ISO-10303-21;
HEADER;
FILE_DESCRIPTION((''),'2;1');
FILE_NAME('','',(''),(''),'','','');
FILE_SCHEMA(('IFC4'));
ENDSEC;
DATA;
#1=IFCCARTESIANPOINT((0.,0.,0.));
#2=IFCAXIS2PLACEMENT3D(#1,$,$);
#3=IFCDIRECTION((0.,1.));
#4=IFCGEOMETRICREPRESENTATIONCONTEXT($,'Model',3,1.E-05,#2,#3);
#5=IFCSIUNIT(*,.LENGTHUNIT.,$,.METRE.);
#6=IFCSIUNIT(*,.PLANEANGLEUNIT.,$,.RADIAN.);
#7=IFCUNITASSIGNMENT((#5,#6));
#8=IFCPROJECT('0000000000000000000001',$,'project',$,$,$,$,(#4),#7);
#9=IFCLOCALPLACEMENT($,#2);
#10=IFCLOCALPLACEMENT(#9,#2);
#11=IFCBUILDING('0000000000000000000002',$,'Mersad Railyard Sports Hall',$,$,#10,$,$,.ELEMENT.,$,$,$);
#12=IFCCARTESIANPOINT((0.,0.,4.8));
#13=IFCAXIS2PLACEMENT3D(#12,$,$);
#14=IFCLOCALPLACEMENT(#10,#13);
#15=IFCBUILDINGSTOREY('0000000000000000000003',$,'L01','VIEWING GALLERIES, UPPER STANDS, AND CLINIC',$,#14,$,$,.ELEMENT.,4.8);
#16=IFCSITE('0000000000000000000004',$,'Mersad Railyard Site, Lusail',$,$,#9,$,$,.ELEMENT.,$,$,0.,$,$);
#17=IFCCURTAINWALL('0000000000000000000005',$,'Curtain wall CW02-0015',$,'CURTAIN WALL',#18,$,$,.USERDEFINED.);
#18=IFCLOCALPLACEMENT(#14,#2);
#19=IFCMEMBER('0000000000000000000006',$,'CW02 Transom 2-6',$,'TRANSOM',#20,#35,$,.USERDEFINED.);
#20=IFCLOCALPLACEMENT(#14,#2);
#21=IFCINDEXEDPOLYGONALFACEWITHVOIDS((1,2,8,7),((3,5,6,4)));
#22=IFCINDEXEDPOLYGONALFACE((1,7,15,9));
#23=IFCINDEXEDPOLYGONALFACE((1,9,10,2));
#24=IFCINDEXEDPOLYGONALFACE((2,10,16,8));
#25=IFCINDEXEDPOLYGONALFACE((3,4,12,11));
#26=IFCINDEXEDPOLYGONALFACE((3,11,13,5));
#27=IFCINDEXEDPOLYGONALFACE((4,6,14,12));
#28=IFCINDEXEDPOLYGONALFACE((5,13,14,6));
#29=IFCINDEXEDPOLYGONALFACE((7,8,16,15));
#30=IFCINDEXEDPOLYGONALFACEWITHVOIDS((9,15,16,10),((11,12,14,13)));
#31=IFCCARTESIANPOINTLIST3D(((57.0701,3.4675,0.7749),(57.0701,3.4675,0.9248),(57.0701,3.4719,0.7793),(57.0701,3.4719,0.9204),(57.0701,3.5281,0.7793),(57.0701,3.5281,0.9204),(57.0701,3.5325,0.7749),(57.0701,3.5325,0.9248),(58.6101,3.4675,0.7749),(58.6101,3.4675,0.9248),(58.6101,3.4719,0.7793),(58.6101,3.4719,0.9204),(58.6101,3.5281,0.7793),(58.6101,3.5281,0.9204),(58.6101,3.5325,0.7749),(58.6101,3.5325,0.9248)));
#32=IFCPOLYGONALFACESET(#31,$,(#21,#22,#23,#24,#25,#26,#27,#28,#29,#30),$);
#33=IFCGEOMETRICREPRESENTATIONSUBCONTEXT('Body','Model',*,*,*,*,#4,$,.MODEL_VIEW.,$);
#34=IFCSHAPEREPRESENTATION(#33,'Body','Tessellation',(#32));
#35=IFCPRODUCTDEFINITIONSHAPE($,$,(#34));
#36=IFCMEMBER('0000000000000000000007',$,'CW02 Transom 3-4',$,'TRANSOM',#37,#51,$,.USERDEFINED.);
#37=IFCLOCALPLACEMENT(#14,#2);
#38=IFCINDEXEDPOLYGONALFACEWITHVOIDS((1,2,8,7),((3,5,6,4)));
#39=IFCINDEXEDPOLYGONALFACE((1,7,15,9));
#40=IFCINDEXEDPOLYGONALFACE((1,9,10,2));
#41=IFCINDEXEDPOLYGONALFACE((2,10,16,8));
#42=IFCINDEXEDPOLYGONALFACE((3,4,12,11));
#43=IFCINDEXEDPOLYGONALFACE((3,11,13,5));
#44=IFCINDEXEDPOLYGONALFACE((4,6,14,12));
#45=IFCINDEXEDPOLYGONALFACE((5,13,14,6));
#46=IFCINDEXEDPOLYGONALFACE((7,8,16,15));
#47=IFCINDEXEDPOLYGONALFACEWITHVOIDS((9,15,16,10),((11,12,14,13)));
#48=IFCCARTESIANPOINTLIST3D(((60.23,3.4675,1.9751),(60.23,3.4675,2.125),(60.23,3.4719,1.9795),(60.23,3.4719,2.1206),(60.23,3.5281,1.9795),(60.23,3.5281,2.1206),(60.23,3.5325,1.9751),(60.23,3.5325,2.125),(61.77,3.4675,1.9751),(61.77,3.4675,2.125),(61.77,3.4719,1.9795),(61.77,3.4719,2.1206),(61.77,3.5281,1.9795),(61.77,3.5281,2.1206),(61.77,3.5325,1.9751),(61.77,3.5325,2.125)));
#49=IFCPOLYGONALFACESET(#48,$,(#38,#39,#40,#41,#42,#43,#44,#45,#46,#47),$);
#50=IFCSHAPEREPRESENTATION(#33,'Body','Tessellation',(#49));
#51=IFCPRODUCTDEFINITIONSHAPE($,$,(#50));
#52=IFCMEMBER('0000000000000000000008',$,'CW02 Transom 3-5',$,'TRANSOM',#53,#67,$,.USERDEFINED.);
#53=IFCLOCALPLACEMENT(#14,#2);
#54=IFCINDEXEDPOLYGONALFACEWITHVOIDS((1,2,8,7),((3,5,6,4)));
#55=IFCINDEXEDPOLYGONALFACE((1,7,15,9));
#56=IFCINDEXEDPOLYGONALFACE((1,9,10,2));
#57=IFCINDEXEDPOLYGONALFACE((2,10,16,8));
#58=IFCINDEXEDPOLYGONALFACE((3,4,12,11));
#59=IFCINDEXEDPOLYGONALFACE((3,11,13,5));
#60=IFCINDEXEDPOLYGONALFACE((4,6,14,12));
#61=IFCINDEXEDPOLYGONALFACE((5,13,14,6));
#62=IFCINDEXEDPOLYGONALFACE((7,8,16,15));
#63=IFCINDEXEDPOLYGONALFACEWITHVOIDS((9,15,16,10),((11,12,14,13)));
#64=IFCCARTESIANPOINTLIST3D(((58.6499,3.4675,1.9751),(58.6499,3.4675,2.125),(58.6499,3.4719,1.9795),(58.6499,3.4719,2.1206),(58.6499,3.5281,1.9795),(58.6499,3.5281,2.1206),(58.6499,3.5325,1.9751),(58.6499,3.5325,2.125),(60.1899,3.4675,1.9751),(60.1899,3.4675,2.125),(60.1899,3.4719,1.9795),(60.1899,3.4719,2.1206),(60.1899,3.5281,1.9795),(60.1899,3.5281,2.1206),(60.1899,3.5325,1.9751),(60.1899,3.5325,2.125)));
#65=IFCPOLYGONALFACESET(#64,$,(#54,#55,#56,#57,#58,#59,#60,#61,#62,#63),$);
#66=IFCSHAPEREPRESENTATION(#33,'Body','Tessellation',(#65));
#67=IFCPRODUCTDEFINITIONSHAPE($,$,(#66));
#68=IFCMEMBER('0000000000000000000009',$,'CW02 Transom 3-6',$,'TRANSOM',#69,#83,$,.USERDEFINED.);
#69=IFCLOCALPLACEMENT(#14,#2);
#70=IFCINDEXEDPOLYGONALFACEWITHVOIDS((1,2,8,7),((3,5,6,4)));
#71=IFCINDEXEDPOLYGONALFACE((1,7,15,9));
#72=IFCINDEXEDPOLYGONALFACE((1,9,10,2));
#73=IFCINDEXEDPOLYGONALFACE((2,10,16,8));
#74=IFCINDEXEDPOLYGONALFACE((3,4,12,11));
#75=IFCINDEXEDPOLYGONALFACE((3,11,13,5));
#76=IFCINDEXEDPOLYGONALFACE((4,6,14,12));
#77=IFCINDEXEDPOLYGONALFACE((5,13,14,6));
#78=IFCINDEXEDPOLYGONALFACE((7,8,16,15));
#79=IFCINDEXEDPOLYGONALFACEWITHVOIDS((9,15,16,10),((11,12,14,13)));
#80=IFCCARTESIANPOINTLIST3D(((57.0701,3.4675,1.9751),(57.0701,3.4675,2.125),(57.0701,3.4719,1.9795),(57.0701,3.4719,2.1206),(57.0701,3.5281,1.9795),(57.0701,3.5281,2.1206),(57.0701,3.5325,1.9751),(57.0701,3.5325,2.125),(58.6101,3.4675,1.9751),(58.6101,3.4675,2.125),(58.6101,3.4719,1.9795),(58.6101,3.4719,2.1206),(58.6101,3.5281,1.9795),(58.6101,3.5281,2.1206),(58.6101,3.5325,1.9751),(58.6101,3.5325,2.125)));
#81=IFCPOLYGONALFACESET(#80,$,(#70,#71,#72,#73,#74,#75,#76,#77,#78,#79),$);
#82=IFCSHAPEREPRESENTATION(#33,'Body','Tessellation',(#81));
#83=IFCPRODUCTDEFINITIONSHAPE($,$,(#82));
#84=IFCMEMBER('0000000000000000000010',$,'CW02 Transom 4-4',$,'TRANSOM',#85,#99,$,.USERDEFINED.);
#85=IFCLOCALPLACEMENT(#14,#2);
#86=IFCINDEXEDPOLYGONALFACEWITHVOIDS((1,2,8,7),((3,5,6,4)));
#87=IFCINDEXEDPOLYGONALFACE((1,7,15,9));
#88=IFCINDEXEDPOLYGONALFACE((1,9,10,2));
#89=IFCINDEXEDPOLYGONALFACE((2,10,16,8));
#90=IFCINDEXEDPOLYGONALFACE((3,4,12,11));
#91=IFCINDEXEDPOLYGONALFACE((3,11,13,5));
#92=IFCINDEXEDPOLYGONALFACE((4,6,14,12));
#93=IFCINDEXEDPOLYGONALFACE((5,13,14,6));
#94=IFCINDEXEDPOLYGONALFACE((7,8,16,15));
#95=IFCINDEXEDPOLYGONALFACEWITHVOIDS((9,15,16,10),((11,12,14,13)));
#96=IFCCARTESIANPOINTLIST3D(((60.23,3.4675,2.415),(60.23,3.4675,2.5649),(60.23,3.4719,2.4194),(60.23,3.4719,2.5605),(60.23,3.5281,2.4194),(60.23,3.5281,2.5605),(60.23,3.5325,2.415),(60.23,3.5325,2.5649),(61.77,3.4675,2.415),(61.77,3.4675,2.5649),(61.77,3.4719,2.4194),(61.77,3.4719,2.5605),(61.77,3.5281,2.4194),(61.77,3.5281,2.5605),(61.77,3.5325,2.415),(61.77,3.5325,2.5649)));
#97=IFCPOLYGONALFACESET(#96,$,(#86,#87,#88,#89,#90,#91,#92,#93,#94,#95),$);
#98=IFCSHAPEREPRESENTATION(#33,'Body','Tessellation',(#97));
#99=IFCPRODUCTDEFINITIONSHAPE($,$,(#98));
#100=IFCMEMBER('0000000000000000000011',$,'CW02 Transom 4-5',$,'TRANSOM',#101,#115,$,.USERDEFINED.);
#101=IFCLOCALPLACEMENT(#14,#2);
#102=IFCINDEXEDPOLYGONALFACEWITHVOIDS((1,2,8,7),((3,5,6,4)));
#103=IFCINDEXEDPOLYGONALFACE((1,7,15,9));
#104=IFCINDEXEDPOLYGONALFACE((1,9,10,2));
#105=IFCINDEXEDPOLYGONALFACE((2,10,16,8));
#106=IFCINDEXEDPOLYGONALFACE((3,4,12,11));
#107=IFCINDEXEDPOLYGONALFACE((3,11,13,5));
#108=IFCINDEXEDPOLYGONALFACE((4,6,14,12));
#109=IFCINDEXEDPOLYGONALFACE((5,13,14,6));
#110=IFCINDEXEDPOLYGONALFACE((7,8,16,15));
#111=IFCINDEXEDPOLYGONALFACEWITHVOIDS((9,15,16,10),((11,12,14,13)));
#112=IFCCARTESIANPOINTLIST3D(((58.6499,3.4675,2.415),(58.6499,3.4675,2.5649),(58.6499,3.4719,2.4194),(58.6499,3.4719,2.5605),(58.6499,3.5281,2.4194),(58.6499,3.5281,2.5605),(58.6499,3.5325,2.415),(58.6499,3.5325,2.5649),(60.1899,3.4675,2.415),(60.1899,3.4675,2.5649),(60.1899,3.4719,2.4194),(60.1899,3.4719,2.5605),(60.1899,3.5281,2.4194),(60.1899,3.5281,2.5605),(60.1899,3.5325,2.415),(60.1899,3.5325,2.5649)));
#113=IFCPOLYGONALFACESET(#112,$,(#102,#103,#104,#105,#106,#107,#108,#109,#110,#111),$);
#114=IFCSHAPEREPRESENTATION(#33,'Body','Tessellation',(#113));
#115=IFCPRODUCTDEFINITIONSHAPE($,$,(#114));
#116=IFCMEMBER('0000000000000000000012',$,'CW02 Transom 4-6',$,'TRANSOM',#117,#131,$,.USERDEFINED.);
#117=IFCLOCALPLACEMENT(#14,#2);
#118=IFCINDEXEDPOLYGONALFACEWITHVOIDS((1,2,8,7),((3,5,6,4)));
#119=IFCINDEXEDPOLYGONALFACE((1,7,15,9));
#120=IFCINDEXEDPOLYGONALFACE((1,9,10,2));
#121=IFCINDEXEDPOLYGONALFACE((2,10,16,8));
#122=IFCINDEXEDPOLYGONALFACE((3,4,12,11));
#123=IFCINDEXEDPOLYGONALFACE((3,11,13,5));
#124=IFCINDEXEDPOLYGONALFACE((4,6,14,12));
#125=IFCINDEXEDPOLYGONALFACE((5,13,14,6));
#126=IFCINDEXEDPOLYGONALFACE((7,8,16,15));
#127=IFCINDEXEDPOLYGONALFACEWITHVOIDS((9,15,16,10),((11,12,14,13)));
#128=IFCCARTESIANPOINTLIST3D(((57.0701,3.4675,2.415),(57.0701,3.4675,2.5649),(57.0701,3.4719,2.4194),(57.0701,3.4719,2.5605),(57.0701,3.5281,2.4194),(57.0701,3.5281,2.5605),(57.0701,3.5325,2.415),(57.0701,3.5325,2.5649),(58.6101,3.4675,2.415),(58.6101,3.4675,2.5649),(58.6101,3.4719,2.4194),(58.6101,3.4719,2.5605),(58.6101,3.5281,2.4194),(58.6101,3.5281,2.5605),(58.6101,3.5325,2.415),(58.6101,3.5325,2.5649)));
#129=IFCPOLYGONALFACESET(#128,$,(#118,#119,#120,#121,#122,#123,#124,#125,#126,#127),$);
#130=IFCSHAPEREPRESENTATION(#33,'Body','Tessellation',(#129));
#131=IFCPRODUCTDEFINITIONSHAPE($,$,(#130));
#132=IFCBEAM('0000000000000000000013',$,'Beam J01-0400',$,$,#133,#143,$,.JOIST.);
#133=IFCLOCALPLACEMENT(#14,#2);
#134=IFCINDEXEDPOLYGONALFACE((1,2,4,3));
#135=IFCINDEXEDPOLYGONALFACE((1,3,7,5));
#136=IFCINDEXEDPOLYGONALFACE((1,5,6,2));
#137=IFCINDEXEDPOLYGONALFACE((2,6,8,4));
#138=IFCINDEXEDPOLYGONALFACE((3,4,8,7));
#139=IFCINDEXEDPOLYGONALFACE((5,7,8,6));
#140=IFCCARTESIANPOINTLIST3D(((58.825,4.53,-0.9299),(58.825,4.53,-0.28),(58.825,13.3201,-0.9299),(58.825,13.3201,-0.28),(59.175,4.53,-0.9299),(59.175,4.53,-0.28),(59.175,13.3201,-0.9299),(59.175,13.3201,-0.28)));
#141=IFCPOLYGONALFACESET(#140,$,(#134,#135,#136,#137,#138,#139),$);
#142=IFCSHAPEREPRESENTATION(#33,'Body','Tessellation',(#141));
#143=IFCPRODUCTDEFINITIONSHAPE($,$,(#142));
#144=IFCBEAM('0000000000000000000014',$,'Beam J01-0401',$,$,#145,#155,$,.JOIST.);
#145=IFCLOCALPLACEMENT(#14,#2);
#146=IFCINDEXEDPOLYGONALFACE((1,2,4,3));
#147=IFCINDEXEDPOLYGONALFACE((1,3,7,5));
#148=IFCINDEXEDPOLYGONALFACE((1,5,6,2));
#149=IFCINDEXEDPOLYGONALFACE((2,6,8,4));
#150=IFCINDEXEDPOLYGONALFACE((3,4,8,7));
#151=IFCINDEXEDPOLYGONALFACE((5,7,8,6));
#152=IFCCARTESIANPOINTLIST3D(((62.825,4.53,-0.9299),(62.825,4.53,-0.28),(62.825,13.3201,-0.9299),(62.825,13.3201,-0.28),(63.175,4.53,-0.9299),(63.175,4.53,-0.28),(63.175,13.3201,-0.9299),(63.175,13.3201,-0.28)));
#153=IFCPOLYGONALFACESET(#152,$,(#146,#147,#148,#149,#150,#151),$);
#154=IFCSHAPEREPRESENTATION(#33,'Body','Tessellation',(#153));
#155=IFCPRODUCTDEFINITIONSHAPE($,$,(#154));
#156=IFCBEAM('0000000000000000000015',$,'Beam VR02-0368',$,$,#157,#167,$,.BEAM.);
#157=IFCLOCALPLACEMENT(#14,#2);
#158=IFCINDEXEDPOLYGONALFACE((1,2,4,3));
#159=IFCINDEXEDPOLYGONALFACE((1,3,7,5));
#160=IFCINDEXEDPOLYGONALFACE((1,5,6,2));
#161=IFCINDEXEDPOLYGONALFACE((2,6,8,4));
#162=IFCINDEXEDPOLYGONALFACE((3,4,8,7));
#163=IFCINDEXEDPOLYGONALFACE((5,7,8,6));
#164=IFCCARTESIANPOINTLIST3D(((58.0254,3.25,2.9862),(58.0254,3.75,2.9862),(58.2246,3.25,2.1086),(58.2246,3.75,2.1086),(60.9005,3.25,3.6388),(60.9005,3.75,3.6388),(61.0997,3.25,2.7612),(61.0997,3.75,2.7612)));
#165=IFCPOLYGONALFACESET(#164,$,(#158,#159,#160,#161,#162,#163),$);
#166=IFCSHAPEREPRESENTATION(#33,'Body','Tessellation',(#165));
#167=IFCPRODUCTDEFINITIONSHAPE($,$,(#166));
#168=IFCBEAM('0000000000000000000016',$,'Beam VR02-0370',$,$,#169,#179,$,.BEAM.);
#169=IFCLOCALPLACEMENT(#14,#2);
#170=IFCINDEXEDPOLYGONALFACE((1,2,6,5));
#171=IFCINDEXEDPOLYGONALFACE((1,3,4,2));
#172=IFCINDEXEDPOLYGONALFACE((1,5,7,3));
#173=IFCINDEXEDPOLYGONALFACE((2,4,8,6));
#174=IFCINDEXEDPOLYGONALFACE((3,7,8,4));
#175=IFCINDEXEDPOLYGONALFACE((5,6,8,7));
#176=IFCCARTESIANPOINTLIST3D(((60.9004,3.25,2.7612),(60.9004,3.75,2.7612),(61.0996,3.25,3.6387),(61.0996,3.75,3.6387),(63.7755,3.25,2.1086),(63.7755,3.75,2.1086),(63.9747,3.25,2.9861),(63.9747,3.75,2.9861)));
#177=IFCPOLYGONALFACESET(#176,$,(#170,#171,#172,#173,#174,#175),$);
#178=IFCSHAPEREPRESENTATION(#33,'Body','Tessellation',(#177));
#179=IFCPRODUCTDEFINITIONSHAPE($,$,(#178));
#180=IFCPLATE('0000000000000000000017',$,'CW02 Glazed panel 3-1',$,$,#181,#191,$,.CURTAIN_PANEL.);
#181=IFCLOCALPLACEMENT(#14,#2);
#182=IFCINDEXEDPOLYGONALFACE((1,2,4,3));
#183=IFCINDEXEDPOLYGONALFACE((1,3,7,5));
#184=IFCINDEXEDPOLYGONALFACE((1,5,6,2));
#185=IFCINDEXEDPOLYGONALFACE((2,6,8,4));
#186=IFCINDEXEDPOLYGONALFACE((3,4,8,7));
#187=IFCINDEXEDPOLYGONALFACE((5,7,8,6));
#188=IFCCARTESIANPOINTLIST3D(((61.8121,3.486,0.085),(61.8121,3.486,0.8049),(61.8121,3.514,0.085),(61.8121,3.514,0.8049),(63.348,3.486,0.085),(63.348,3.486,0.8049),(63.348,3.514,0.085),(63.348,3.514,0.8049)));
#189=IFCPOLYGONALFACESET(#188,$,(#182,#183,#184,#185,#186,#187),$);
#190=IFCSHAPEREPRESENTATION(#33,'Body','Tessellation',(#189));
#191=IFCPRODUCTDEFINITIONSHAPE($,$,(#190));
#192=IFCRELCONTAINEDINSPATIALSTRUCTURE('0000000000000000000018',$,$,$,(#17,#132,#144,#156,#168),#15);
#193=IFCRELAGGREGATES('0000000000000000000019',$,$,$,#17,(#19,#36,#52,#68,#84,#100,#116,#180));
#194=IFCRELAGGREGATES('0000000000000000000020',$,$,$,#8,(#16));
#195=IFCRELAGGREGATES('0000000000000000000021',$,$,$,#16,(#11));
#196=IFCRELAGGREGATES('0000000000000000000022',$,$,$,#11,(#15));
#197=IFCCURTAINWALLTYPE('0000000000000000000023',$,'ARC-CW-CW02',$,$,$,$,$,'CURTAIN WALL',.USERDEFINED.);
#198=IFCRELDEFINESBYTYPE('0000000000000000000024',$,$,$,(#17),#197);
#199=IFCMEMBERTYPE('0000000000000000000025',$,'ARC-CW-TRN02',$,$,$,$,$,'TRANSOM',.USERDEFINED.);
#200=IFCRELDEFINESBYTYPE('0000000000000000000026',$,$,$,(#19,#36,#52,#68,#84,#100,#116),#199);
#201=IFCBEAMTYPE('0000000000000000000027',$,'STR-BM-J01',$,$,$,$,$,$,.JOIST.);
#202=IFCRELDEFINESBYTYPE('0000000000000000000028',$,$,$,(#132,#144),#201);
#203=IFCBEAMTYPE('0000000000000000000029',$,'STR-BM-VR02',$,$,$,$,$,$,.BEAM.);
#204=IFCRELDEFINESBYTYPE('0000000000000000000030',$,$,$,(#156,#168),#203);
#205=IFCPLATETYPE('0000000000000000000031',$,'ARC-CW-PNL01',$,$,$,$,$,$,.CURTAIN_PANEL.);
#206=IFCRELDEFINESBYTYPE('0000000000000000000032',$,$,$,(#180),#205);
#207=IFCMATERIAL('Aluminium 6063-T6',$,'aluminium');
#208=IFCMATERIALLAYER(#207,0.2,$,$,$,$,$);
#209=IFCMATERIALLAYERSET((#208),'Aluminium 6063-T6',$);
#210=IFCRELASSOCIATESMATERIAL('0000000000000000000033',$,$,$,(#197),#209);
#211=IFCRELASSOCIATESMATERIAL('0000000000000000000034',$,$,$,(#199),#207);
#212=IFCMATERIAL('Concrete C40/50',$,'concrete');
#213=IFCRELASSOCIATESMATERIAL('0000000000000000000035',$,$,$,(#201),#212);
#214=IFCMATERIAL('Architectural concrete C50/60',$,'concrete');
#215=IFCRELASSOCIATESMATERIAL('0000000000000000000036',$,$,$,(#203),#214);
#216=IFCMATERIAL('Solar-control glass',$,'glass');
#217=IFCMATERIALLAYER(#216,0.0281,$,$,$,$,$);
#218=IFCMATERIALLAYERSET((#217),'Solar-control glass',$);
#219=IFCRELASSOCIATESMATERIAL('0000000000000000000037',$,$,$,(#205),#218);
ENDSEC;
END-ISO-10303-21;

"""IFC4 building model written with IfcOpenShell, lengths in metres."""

from ifc_helpers import new_model, si_unit, direction, frame, origin, origin_2d, place, context, subcontext, project, spatial, rectangle, hollow_rectangle, extrude, material, layer, layer_set, material_profile, profile_set, type_object, element, aggregate, save


model = new_model("IFC4")

# Units and contexts
model_context = context("Model", 3, precision=1e-05, world=origin(), true_north=direction((0.0, 1.0)))
body_context = subcontext(model_context, "Body", "Model", "MODEL_VIEW")
ifc_project = project(units=[si_unit("LENGTHUNIT", "METRE"), si_unit("PLANEANGLEUNIT", "RADIAN")], contexts=[model_context])

# Site, building, storey
site_placement = place(None, origin())
site = spatial("IfcSite", under=ifc_project, at=site_placement, Name="Mersad Railyard Site, Lusail", CompositionType="ELEMENT", RefElevation=0.0)
building_placement = place(site_placement, origin())
building = spatial("IfcBuilding", under=site, at=building_placement, Name="Mersad Railyard Sports Hall", CompositionType="ELEMENT")
storey_placement = place(building_placement, frame((0.0, 0.0, 4.8)))
storey = spatial("IfcBuildingStorey", under=building, at=storey_placement, Name="L01", Description="VIEWING GALLERIES, UPPER STANDS, AND CLINIC", CompositionType="ELEMENT", Elevation=4.8)

# Curtain wall, members
ifc_material_1 = material(Name="Aluminium 6063-T6", Category="aluminium")
ifc_layer_1 = layer(ifc_material_1, 0.2)
ifc_layer_set_1 = layer_set([ifc_layer_1], Name="Aluminium 6063-T6")
curtain_wall_type = type_object("IfcCurtainWallType", Name="ARC-CW-CW02", ElementType="CURTAIN WALL", PredefinedType="USERDEFINED", material=ifc_layer_set_1)
curtain_wall_placement = place(storey_placement, origin())
curtain_wall = element("IfcCurtainWall", 1, at=curtain_wall_placement, inside=storey, type_object=curtain_wall_type, Name="Curtain wall CW02-0015", ObjectType="CURTAIN WALL", PredefinedType="USERDEFINED")
ifc_material_profile_1 = material_profile(ifc_material_1, hollow_rectangle(XDim=0.0649, YDim=0.1499, WallThickness=0.0044, at=origin_2d()), Name="AL TRANSOM 65x150x4.5")
ifc_profile_set_1 = profile_set([ifc_material_profile_1], Name="Aluminium 6063-T6")
member_type_1 = type_object("IfcMemberType", Name="ARC-CW-TRN02", ElementType="TRANSOM", PredefinedType="USERDEFINED", material=ifc_profile_set_1)
member_1_placement = place(storey_placement, frame((58.6101, 3.5, 0.8499), z_axis=(-1.0, 0.0, 0.0), x_axis=(0.0, -1.0, 0.0)))
member_1 = element("IfcMember", 2, at=member_1_placement, type_object=member_type_1, Name="CW02 Transom 2-6", ObjectType="TRANSOM", PredefinedType="USERDEFINED", context=body_context, shape_type="SweptSolid", body=[
    extrude(hollow_rectangle(XDim=0.0649, YDim=0.1499, WallThickness=0.0044, at=origin_2d()), origin(), (0.0, 0.0, 1.0), 1.54),
])
member_2_placement = place(storey_placement, frame((61.77, 3.5, 2.05), z_axis=(-1.0, 0.0, 0.0), x_axis=(0.0, -1.0, 0.0)))
member_2 = element("IfcMember", 3, at=member_2_placement, type_object=member_type_1, Name="CW02 Transom 3-4", ObjectType="TRANSOM", PredefinedType="USERDEFINED", context=body_context, shape_type="SweptSolid", body=[
    extrude(hollow_rectangle(XDim=0.0649, YDim=0.1499, WallThickness=0.0044, at=origin_2d()), origin(), (0.0, 0.0, 1.0), 1.54),
])
member_3_placement = place(storey_placement, frame((60.1899, 3.5, 2.05), z_axis=(-1.0, 0.0, 0.0), x_axis=(0.0, -1.0, 0.0)))
member_3 = element("IfcMember", 4, at=member_3_placement, type_object=member_type_1, Name="CW02 Transom 3-5", ObjectType="TRANSOM", PredefinedType="USERDEFINED", context=body_context, shape_type="SweptSolid", body=[
    extrude(hollow_rectangle(XDim=0.0649, YDim=0.1499, WallThickness=0.0044, at=origin_2d()), origin(), (0.0, 0.0, 1.0), 1.54),
])
member_4_placement = place(storey_placement, frame((58.6101, 3.5, 2.05), z_axis=(-1.0, 0.0, 0.0), x_axis=(0.0, -1.0, 0.0)))
member_4 = element("IfcMember", 5, at=member_4_placement, type_object=member_type_1, Name="CW02 Transom 3-6", ObjectType="TRANSOM", PredefinedType="USERDEFINED", context=body_context, shape_type="SweptSolid", body=[
    extrude(hollow_rectangle(XDim=0.0649, YDim=0.1499, WallThickness=0.0044, at=origin_2d()), origin(), (0.0, 0.0, 1.0), 1.54),
])
member_5_placement = place(storey_placement, frame((61.77, 3.5, 2.49), z_axis=(-1.0, 0.0, 0.0), x_axis=(0.0, -1.0, 0.0)))
member_5 = element("IfcMember", 6, at=member_5_placement, type_object=member_type_1, Name="CW02 Transom 4-4", ObjectType="TRANSOM", PredefinedType="USERDEFINED", context=body_context, shape_type="SweptSolid", body=[
    extrude(hollow_rectangle(XDim=0.0649, YDim=0.1499, WallThickness=0.0044, at=origin_2d()), origin(), (0.0, 0.0, 1.0), 1.54),
])
member_6_placement = place(storey_placement, frame((60.1899, 3.5, 2.49), z_axis=(-1.0, 0.0, 0.0), x_axis=(0.0, -1.0, 0.0)))
member_6 = element("IfcMember", 7, at=member_6_placement, type_object=member_type_1, Name="CW02 Transom 4-5", ObjectType="TRANSOM", PredefinedType="USERDEFINED", context=body_context, shape_type="SweptSolid", body=[
    extrude(hollow_rectangle(XDim=0.0649, YDim=0.1499, WallThickness=0.0044, at=origin_2d()), origin(), (0.0, 0.0, 1.0), 1.54),
])
member_7_placement = place(storey_placement, frame((58.6101, 3.5, 2.49), z_axis=(-1.0, 0.0, 0.0), x_axis=(0.0, -1.0, 0.0)))
member_7 = element("IfcMember", 8, at=member_7_placement, type_object=member_type_1, Name="CW02 Transom 4-6", ObjectType="TRANSOM", PredefinedType="USERDEFINED", context=body_context, shape_type="SweptSolid", body=[
    extrude(hollow_rectangle(XDim=0.0649, YDim=0.1499, WallThickness=0.0044, at=origin_2d()), origin(), (0.0, 0.0, 1.0), 1.54),
])

# Beams
ifc_material_2 = material(Name="Concrete C40/50", Category="concrete")
ifc_material_profile_2 = material_profile(ifc_material_2, rectangle(XDim=0.3501, YDim=0.6499, at=origin_2d()), Name="RC 350x650")
ifc_profile_set_2 = profile_set([ifc_material_profile_2], Name="Concrete C40/50")
beam_type_1 = type_object("IfcBeamType", Name="STR-BM-J01", PredefinedType="JOIST", material=ifc_profile_set_2)
for number, where, z_axis, x_axis, name in (
    (9, (59.0, 4.53, -0.605), (0.0, 1.0, 0.0), (-1.0, 0.0, 0.0), "Beam J01-0400"),
    (10, (63.0, 4.53, -0.605), (0.0, 1.0, 0.0), (-1.0, 0.0, 0.0), "Beam J01-0401"),
):
    element("IfcBeam", number, at=place(storey_placement, frame(where, z_axis=z_axis, x_axis=x_axis)), inside=storey, type_object=beam_type_1, Name=name, PredefinedType="JOIST", context=body_context, shape_type="SweptSolid", body=[
        extrude(rectangle(XDim=0.3501, YDim=0.6499, at=origin_2d()), origin(), (0.0, 0.0, 1.0), 8.79),
    ])
ifc_material_3 = material(Name="Architectural concrete C50/60", Category="concrete")
ifc_material_profile_3 = material_profile(ifc_material_3, rectangle(XDim=0.5, YDim=0.8999, at=origin_2d()), Name="VR 500x900")
ifc_profile_set_3 = profile_set([ifc_material_profile_3], Name="Architectural concrete C50/60")
beam_type_2 = type_object("IfcBeamType", Name="STR-BM-VR02", PredefinedType="BEAM", material=ifc_profile_set_3)
for number, where, z_axis, x_axis, name in (
    (11, (58.125, 3.5, 2.5474), (0.975193, 0.0, 0.221356), (0.0, 1.0, 0.0), "Beam VR02-0368"),
    (12, (61.0, 3.5, 3.2), (0.975193, 0.0, -0.221356), (0.0, 1.0, 0.0), "Beam VR02-0370"),
):
    element("IfcBeam", number, at=place(storey_placement, frame(where, z_axis=z_axis, x_axis=x_axis)), inside=storey, type_object=beam_type_2, Name=name, PredefinedType="BEAM", context=body_context, shape_type="SweptSolid", body=[
        extrude(rectangle(XDim=0.5, YDim=0.8999, at=origin_2d()), origin(), (0.0, 0.0, 1.0), 2.9482),
    ])

# Plate
ifc_material_4 = material(Name="Solar-control glass", Category="glass")
ifc_layer_2 = layer(ifc_material_4, 0.0281)
ifc_layer_set_2 = layer_set([ifc_layer_2], Name="Solar-control glass")
plate_type_1 = type_object("IfcPlateType", Name="ARC-CW-PNL01", PredefinedType="CURTAIN_PANEL", material=ifc_layer_set_2)
plate_1_placement = place(storey_placement, frame((62.5801, 3.5, 0.085), z_axis=(0.0, 0.0, 1.0), x_axis=(-1.0, 0.0, 0.0)))
plate_1 = element("IfcPlate", 13, at=plate_1_placement, type_object=plate_type_1, Name="CW02 Glazed panel 3-1", PredefinedType="CURTAIN_PANEL", context=body_context, shape_type="SweptSolid", body=[
    extrude(rectangle(XDim=1.5359, YDim=0.0281, at=origin_2d()), origin(), (0.0, 0.0, 1.0), 0.72),
])
aggregate(curtain_wall, [member_1, member_2, member_3, member_4, member_5, member_6, member_7, plate_1])

save(model, "model.ifc")
